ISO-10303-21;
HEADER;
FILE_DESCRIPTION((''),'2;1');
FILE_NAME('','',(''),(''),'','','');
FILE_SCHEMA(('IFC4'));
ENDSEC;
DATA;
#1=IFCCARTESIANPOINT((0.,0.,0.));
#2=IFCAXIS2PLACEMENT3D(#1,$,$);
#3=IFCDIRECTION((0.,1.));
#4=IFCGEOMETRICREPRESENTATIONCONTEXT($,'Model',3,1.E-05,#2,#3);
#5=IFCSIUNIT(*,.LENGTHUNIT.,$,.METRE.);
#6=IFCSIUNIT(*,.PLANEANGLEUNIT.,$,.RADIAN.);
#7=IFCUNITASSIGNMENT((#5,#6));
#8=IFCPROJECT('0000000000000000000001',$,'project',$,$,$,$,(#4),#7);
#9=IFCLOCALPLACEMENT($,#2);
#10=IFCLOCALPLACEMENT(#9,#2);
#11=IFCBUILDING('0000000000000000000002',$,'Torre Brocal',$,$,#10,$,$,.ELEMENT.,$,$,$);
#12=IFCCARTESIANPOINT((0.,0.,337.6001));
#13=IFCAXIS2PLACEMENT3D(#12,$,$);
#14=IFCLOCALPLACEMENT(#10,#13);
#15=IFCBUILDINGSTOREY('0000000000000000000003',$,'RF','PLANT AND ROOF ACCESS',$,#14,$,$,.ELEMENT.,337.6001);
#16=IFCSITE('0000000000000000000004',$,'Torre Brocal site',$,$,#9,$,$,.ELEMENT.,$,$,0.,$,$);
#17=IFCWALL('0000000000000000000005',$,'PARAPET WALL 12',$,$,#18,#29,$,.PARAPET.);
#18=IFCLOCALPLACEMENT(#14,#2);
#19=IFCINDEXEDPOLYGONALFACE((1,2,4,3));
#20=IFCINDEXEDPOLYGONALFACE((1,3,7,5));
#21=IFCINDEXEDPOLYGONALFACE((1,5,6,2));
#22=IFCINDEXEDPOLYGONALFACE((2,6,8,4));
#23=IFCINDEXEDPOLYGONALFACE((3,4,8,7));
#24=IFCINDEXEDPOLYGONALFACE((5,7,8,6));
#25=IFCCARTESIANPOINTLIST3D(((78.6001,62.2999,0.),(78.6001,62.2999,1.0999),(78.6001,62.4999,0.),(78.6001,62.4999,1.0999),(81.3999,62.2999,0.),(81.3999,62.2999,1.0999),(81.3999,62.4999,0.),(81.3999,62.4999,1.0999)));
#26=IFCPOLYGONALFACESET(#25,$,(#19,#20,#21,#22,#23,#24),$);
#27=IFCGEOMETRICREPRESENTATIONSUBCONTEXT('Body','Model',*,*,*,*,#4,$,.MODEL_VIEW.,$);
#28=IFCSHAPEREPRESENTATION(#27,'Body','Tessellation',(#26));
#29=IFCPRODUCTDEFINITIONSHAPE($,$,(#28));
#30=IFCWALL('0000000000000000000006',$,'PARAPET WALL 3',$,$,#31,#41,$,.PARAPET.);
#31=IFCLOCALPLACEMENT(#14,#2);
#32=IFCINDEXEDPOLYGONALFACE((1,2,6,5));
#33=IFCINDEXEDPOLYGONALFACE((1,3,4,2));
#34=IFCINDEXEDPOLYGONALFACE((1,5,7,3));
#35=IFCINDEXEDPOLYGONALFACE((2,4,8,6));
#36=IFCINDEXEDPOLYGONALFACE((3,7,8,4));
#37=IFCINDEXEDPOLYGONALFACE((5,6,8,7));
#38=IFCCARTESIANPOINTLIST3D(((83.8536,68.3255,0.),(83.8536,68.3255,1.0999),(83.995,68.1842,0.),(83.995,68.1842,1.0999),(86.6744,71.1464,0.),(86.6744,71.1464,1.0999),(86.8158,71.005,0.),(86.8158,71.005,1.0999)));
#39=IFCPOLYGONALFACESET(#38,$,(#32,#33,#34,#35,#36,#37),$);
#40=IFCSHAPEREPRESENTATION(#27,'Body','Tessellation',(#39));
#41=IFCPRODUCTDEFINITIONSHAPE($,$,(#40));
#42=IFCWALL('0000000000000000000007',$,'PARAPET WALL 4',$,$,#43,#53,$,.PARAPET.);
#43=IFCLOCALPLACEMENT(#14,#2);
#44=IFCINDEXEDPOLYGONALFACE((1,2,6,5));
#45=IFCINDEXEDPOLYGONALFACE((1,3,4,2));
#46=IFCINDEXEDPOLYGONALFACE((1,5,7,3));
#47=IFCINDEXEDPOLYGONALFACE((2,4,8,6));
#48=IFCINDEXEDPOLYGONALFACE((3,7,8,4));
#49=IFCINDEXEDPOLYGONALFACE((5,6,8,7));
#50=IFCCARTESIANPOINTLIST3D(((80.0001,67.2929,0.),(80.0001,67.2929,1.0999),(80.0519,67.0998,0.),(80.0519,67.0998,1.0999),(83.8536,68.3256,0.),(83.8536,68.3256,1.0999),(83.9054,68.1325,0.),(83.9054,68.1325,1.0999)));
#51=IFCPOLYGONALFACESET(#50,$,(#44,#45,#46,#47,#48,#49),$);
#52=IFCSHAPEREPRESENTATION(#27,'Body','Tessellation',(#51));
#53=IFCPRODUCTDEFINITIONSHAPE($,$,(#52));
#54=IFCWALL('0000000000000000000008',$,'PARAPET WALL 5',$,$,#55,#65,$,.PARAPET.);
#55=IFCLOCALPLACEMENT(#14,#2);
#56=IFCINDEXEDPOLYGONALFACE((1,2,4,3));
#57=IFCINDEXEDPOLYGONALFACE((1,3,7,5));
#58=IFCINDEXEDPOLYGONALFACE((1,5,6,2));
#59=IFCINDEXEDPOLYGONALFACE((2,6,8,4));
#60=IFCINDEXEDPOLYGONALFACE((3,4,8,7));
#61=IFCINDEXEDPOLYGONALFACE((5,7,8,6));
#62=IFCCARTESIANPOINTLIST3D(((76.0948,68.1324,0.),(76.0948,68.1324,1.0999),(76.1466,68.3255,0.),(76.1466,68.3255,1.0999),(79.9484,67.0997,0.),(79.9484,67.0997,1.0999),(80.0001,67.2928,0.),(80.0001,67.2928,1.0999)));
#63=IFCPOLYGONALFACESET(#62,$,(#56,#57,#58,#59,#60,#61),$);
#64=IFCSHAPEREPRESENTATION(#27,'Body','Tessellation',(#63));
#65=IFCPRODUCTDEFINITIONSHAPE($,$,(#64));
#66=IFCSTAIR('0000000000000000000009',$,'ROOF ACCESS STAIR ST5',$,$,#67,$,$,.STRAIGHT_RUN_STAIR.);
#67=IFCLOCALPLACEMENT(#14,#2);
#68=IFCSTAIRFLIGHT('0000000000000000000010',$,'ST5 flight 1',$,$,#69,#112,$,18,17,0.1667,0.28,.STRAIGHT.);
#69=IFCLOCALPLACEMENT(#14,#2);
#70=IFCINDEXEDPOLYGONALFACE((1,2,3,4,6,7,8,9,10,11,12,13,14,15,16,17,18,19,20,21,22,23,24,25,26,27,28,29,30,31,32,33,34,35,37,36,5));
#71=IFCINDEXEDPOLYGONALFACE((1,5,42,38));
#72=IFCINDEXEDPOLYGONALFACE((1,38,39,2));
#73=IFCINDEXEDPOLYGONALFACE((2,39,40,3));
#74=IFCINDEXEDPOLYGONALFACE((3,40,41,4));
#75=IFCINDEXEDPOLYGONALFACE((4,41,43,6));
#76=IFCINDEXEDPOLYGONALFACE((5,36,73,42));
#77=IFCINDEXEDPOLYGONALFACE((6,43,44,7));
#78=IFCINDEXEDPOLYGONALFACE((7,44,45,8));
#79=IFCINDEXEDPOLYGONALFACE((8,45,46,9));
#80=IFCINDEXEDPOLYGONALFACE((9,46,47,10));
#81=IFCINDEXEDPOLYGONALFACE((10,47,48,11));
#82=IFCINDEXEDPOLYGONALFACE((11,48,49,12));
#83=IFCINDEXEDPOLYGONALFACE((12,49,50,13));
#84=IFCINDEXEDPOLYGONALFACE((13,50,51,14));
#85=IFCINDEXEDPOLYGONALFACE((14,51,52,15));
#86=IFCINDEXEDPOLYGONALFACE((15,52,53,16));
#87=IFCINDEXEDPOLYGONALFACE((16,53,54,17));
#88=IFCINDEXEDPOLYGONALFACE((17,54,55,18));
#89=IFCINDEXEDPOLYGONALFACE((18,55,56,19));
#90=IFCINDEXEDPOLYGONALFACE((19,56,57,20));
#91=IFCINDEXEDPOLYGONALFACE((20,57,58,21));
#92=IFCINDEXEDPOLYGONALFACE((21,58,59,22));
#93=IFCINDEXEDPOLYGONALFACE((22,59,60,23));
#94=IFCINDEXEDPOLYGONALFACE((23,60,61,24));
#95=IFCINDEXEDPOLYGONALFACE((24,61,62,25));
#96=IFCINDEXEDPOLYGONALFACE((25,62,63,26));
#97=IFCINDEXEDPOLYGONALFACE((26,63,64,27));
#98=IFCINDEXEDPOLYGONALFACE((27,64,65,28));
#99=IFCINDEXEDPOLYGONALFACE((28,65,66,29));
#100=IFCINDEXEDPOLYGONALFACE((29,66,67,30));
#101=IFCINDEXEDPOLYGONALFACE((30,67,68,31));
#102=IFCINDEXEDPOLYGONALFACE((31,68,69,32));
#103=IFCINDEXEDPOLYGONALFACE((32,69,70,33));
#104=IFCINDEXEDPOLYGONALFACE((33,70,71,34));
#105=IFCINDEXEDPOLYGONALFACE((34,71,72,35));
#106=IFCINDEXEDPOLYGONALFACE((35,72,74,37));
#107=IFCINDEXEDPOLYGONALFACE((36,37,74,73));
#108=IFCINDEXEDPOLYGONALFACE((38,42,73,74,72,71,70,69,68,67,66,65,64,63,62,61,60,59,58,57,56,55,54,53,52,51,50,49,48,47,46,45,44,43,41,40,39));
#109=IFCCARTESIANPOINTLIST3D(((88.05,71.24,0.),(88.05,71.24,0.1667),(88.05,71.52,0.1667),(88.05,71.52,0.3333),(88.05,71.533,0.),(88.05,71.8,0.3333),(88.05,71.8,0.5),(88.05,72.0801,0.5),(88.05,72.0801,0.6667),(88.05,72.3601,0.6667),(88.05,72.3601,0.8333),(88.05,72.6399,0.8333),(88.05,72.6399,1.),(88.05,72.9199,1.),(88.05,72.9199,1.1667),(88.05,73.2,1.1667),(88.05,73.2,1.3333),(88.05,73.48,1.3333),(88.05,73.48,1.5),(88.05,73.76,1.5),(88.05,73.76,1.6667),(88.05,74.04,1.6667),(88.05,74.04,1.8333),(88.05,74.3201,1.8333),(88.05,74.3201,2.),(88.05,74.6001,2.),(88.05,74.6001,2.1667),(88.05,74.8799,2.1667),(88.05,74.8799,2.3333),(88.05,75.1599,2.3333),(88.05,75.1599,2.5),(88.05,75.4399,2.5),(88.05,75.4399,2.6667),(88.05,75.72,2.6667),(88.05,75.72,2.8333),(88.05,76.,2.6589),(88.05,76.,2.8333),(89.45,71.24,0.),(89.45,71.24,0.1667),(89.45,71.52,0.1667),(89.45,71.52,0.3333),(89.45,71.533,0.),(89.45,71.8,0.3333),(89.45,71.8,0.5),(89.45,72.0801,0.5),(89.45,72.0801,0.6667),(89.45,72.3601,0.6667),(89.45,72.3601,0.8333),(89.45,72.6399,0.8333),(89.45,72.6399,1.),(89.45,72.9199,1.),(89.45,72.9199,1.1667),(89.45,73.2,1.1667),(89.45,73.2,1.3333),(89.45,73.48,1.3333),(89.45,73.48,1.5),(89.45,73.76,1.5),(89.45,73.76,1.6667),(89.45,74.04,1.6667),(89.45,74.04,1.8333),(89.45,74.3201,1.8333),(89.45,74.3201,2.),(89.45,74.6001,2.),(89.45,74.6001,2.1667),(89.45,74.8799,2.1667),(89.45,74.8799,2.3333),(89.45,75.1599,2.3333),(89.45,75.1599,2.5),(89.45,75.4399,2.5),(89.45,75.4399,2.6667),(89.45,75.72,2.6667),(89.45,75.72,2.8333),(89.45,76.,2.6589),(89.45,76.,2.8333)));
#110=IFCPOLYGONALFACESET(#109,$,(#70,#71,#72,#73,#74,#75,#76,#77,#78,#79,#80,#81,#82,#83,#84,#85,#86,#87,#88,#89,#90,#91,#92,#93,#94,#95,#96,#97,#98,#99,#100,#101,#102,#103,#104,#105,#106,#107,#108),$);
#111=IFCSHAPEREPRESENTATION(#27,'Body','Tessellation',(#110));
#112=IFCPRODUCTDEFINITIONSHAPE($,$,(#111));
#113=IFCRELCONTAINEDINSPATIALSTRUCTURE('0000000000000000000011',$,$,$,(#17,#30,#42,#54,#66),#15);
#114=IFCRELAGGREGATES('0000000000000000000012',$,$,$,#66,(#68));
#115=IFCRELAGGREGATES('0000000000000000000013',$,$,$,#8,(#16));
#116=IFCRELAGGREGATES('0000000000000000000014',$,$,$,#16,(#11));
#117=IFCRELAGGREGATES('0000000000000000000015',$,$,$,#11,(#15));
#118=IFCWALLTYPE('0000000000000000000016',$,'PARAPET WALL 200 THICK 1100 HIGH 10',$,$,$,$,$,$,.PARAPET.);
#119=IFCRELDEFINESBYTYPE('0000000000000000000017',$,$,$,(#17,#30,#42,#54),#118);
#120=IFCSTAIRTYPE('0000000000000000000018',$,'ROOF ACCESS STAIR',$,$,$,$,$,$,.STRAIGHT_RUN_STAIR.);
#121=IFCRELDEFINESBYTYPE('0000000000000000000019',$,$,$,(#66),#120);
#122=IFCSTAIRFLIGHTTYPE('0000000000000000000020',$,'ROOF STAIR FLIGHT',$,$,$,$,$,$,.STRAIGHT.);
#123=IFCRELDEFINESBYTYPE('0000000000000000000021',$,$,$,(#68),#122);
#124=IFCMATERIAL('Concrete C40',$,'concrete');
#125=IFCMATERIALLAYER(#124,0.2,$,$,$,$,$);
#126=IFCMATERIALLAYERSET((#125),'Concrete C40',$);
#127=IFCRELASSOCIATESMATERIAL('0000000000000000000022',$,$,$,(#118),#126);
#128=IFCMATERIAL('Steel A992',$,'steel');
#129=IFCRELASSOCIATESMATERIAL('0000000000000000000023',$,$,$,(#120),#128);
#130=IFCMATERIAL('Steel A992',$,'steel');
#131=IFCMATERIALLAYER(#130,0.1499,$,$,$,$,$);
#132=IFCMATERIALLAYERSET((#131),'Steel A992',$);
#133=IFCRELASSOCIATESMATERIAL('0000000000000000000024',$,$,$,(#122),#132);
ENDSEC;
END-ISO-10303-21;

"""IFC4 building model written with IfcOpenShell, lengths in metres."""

from ifc_helpers import new_model, si_unit, direction, frame, frame_2d, origin, place, context, subcontext, project, spatial, polyline, rectangle, outline, extrude, material, layer, layer_set, type_object, element, aggregate, save


model = new_model("IFC4")

# Units and contexts
model_context = context("Model", 3, precision=1e-05, world=origin(), true_north=direction((0.0, 1.0)))
body_context = subcontext(model_context, "Body", "Model", "MODEL_VIEW")
ifc_project = project(units=[si_unit("LENGTHUNIT", "METRE"), si_unit("PLANEANGLEUNIT", "RADIAN")], contexts=[model_context])

# Site, building, storey
site_placement = place(None, origin())
site = spatial("IfcSite", under=ifc_project, at=site_placement, Name="Torre Brocal site", CompositionType="ELEMENT", RefElevation=0.0)
building_placement = place(site_placement, origin())
building = spatial("IfcBuilding", under=site, at=building_placement, Name="Torre Brocal", CompositionType="ELEMENT")
storey_placement = place(building_placement, frame((0.0, 0.0, 337.6001)))
storey = spatial("IfcBuildingStorey", under=building, at=storey_placement, Name="RF", Description="PLANT AND ROOF ACCESS", CompositionType="ELEMENT", Elevation=337.6001)

# Walls
ifc_material_1 = material(Name="Concrete C40", Category="concrete")
ifc_layer_1 = layer(ifc_material_1, 0.2)
ifc_layer_set_1 = layer_set([ifc_layer_1], Name="Concrete C40")
wall_type_1 = type_object("IfcWallType", Name="PARAPET WALL 200 THICK 1100 HIGH 10", PredefinedType="PARAPET", material=ifc_layer_set_1)
wall_1_placement = place(storey_placement, frame((81.3999, 62.3999, 0.0), z_axis=(0.0, 0.0, 1.0), x_axis=(-1.0, 0.0, 0.0)))
element("IfcWall", 1, at=wall_1_placement, inside=storey, type_object=wall_type_1, Name="PARAPET WALL 12", PredefinedType="PARAPET", context=body_context, shape_type="SweptSolid", body=[
    extrude(rectangle(XDim=2.7998, YDim=0.2, at=frame_2d((1.3999, 0.0))), origin(), (0.0, 0.0, 1.0), 1.0999),
])
wall_2_placement = place(storey_placement, frame((86.7451, 71.0757, 0.0), z_axis=(0.0, 0.0, 1.0), x_axis=(-0.707107, -0.707107, 0.0)))
element("IfcWall", 2, at=wall_2_placement, inside=storey, type_object=wall_type_1, Name="PARAPET WALL 3", PredefinedType="PARAPET", context=body_context, shape_type="SweptSolid", body=[
    extrude(rectangle(XDim=3.9893, YDim=0.2, at=frame_2d((1.9946, 0.0))), origin(), (0.0, 0.0, 1.0), 1.0999),
])
for number, where, z_axis, x_axis, name in (
    (3, (83.8794, 68.229, 0.0), (0.0, 0.0, 1.0), (-0.965915, -0.258858, 0.0), "PARAPET WALL 4"),
    (4, (79.9741, 67.1963, 0.0), (0.0, 0.0, 1.0), (-0.965915, 0.258858, 0.0), "PARAPET WALL 5"),
):
    element("IfcWall", number, at=place(storey_placement, frame(where, z_axis=z_axis, x_axis=x_axis)), inside=storey, type_object=wall_type_1, Name=name, PredefinedType="PARAPET", context=body_context, shape_type="SweptSolid", body=[
        extrude(rectangle(XDim=3.9895, YDim=0.2, at=frame_2d((1.9946, 0.0))), origin(), (0.0, 0.0, 1.0), 1.0999),
    ])

# Stair, stair flight
ifc_material_2 = material(Name="Steel A992", Category="steel")
stair_type = type_object("IfcStairType", Name="ROOF ACCESS STAIR", PredefinedType="STRAIGHT_RUN_STAIR", material=ifc_material_2)
stair_placement = place(storey_placement, origin())
stair = element("IfcStair", 5, at=stair_placement, inside=storey, type_object=stair_type, Name="ROOF ACCESS STAIR ST5", PredefinedType="STRAIGHT_RUN_STAIR")
ifc_material_3 = material(Name="Steel A992", Category="steel")
ifc_layer_2 = layer(ifc_material_3, 0.1499)
ifc_layer_set_2 = layer_set([ifc_layer_2], Name="Steel A992")
stair_flight_type = type_object("IfcStairFlightType", Name="ROOF STAIR FLIGHT", PredefinedType="STRAIGHT", material=ifc_layer_set_2)
stair_flight_placement = place(storey_placement, frame((88.75, 71.24, 0.0), z_axis=(0.0, 0.0, 1.0), x_axis=(0.0, 1.0, 0.0)))
stair_flight = element("IfcStairFlight", 6, at=stair_flight_placement, type_object=stair_flight_type, Name="ST5 flight 1", NumberOfRisers=18, NumberOfTreads=17, PredefinedType="STRAIGHT", RiserHeight=0.1667, TreadLength=0.28, context=body_context, shape_type="SweptSolid", body=[
    extrude(outline(polyline([(0.0, 0.0), (0.0, 0.1667), (0.28, 0.1667), (0.28, 0.3333), (0.5601, 0.3333), (0.5601, 0.5), (0.8401, 0.5), (0.8401, 0.6667), (1.1201, 0.6667), (1.1201, 0.8333), (1.3999, 0.8333), (1.3999, 1.0), (1.6799, 1.0), (1.6799, 1.1667), (1.96, 1.1667), (1.96, 1.3333), (2.24, 1.3333), (2.24, 1.5), (2.52, 1.5), (2.52, 1.6667), (2.8, 1.6667), (2.8, 1.8333), (3.0801, 1.8333), (3.0801, 2.0), (3.3601, 2.0), (3.3601, 2.1667), (3.6399, 2.1667), (3.6399, 2.3333), (3.9199, 2.3333), (3.9199, 2.5), (4.2, 2.5), (4.2, 2.6667), (4.48, 2.6667), (4.48, 2.8333), (4.76, 2.8333), (4.76, 3.0), (4.76, 2.6589), (0.293, 0.0), (0.0, 0.0)])), frame((0.0, 0.7, 0.0), z_axis=(0.0, -1.0, 0.0), x_axis=(1.0, 0.0, 0.0)), (0.0, 0.0, 1.0), 1.3999),
])
aggregate(stair, [stair_flight])

save(model, "model.ifc")
